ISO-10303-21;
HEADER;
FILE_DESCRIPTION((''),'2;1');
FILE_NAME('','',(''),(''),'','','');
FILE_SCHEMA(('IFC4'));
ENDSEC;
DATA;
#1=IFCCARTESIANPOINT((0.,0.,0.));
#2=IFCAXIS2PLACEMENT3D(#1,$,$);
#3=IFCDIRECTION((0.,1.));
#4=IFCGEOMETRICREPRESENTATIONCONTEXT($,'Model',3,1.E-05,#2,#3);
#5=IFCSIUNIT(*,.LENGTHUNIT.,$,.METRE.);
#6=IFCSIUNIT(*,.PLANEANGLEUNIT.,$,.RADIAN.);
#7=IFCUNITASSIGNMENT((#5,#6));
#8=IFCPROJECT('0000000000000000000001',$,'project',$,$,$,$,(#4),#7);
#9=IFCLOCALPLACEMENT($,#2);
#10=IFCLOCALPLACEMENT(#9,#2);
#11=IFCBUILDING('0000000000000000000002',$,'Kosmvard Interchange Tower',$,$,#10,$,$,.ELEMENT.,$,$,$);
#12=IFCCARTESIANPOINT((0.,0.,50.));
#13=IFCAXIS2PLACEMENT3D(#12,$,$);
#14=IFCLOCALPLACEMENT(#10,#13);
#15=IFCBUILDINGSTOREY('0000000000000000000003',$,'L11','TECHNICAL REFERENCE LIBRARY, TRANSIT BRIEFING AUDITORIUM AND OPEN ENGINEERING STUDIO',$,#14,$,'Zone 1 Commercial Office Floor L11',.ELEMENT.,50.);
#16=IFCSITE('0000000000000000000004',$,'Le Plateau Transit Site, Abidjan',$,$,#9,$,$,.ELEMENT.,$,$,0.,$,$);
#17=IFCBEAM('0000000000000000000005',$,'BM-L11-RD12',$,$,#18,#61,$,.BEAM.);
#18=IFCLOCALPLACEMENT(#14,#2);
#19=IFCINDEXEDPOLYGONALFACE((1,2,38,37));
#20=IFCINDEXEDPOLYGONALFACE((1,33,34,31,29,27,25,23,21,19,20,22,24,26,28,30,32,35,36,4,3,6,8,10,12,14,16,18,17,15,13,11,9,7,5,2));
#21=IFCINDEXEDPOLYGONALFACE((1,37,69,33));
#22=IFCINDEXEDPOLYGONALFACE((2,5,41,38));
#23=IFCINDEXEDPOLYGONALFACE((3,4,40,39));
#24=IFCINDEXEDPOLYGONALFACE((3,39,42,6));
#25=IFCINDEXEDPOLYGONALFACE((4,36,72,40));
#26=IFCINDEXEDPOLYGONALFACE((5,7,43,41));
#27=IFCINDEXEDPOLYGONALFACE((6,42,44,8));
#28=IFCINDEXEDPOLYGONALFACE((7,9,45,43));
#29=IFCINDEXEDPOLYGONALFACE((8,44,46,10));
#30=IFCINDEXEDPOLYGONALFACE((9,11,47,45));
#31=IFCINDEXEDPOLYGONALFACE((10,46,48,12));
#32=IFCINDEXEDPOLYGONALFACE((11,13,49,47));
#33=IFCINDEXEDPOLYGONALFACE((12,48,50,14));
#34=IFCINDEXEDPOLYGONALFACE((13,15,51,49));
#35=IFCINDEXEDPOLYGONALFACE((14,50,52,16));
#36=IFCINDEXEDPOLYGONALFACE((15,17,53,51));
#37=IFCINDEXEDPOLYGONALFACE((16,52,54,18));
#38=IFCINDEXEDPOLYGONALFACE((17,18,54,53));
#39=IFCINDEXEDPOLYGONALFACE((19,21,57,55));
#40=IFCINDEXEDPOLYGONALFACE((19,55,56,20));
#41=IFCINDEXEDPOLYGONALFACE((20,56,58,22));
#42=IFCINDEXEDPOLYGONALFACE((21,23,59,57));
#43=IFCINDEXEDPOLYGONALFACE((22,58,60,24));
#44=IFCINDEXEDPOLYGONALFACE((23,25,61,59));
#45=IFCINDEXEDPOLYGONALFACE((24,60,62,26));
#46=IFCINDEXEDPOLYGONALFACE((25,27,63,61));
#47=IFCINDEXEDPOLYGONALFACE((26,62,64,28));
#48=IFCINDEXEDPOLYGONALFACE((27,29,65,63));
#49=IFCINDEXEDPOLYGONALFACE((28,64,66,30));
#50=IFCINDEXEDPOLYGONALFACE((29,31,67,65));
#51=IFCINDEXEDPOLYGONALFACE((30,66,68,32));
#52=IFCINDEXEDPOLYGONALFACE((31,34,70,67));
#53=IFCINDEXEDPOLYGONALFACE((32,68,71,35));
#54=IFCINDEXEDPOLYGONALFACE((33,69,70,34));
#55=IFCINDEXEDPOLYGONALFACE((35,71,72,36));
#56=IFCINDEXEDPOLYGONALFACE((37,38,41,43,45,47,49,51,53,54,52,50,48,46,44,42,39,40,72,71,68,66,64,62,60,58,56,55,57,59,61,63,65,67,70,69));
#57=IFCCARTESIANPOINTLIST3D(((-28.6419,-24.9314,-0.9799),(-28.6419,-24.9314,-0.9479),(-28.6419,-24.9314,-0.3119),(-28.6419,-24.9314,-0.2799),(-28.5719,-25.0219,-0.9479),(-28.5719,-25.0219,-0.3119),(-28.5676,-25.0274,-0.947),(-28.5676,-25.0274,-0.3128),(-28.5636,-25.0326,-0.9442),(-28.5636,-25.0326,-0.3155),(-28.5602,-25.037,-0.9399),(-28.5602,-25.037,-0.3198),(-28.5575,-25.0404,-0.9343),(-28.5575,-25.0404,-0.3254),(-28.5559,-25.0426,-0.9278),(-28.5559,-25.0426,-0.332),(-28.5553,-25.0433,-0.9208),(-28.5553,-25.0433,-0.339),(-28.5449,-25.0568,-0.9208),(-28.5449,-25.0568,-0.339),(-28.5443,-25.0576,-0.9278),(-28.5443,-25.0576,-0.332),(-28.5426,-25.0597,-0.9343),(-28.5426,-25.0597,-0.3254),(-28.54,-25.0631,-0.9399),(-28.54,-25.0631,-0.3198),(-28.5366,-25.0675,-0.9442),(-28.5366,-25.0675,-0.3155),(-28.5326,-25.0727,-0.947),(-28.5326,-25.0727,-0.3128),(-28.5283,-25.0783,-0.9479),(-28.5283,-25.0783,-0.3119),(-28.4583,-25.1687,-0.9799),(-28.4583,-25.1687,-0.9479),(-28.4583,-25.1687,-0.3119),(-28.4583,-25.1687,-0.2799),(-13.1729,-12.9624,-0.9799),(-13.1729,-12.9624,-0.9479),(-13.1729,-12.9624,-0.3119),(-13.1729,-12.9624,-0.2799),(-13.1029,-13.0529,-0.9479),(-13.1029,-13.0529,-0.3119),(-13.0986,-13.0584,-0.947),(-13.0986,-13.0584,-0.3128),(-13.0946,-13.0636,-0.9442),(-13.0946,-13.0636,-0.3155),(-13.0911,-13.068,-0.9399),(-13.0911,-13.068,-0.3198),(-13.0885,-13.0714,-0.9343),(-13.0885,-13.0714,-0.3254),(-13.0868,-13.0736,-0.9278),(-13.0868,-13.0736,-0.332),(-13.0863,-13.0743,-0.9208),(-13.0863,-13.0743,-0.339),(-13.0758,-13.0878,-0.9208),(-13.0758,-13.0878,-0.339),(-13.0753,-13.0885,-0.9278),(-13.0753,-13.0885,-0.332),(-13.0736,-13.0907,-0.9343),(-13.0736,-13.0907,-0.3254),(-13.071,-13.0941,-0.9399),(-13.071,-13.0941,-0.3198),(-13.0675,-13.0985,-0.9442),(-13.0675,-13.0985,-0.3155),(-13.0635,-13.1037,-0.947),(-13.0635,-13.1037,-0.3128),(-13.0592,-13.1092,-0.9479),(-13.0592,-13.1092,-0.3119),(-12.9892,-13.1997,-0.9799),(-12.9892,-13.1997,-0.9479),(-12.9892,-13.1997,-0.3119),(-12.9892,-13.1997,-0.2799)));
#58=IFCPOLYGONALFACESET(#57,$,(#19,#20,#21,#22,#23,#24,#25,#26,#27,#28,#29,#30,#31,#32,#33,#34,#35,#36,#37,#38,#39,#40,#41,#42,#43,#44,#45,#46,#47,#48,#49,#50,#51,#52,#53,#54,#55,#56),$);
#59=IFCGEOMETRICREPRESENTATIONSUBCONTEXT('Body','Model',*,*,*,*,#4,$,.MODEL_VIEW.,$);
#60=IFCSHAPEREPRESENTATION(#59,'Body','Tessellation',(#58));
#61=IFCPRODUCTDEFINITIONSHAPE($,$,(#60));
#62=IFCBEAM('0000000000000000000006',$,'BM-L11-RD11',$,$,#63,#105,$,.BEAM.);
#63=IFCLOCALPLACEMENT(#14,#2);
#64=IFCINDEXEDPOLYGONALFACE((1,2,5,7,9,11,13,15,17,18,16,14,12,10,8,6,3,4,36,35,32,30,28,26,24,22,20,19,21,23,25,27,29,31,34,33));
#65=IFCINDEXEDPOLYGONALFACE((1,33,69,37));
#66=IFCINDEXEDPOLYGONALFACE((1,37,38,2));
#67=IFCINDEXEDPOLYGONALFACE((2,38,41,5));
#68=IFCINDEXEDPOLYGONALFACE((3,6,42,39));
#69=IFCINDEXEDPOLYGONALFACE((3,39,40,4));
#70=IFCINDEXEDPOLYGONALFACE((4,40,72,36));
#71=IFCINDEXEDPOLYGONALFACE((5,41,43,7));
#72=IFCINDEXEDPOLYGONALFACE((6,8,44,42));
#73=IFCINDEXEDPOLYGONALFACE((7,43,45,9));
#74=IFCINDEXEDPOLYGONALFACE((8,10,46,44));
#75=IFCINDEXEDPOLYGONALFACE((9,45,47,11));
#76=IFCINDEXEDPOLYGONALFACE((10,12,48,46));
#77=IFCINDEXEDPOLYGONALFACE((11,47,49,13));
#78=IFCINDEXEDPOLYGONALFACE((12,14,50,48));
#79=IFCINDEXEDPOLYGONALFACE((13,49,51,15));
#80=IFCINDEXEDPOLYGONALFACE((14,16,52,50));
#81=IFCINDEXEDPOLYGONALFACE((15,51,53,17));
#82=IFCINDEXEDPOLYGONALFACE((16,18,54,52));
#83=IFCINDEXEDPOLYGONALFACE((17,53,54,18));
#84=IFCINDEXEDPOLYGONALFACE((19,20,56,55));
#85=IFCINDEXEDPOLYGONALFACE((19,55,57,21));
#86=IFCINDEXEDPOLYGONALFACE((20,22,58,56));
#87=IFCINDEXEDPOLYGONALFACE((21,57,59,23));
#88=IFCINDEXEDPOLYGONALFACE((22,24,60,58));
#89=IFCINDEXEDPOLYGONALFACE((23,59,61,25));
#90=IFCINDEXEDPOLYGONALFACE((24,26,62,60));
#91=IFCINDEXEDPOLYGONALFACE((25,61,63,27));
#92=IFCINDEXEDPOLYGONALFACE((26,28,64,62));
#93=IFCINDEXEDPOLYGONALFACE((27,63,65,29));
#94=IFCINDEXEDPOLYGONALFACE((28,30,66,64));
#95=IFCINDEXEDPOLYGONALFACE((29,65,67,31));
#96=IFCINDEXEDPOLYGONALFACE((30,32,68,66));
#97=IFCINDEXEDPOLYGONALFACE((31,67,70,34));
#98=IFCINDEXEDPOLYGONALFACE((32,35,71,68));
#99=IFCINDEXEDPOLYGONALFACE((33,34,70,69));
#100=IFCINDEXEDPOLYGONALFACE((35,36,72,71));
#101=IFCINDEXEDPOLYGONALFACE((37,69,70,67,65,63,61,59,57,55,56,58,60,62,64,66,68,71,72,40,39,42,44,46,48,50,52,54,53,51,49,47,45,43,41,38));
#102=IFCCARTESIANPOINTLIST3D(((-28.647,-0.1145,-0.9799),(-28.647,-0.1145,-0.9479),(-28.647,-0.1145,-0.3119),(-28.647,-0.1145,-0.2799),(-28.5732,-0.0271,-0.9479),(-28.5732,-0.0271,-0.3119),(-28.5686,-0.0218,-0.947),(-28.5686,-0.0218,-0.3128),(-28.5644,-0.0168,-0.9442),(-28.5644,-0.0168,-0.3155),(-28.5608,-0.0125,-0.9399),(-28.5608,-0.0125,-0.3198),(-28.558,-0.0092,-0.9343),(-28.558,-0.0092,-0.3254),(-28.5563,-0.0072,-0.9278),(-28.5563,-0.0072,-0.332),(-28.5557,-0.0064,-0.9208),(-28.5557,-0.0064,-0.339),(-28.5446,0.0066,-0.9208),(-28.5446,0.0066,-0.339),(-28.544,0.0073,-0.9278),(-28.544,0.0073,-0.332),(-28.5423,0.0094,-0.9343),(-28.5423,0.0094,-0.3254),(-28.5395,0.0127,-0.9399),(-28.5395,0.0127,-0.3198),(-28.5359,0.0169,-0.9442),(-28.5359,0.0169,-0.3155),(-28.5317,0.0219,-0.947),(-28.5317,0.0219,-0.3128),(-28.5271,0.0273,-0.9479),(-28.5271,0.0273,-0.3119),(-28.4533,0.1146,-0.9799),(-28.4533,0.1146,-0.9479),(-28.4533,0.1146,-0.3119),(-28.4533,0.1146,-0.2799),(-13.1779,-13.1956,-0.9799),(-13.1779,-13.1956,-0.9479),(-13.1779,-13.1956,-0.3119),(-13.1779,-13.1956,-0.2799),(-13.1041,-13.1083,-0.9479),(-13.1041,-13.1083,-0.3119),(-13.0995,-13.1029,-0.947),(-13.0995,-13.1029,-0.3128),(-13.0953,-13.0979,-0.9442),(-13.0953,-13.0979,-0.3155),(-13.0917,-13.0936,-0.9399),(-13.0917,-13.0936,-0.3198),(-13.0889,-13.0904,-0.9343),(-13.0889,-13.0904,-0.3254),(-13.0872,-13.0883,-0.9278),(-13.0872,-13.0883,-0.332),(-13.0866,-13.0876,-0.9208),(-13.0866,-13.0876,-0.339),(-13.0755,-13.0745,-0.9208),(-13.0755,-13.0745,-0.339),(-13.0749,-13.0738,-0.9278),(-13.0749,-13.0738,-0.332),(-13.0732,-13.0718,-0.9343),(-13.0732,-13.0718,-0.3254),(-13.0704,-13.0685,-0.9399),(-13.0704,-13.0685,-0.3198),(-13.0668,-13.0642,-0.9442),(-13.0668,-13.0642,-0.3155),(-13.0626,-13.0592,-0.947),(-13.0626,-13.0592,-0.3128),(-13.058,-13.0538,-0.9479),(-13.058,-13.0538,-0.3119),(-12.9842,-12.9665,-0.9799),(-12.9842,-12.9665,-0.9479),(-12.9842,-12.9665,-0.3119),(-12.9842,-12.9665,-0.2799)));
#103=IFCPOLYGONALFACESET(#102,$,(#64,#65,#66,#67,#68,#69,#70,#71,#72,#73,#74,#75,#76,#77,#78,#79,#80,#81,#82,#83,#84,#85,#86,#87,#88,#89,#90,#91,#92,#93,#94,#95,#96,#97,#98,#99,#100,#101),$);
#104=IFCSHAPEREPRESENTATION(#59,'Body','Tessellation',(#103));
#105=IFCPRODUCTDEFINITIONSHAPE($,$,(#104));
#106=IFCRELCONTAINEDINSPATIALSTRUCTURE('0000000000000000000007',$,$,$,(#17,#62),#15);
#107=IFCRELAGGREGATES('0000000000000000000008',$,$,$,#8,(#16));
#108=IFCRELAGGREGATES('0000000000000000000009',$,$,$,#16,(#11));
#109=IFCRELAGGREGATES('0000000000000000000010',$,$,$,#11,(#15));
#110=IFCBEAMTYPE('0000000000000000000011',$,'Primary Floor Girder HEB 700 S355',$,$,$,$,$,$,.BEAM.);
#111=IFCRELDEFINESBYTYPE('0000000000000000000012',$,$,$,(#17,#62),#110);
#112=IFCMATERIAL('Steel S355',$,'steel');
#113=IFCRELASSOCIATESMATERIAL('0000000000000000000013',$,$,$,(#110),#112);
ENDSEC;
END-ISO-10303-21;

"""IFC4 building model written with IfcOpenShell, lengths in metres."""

from ifc_helpers import new_model, si_unit, direction, frame, origin, origin_2d, place, context, subcontext, project, spatial, i_section, extrude, source, transform, mapped, material, material_profile, profile_set, type_object, element, save


model = new_model("IFC4")

# Units and contexts
model_context = context("Model", 3, precision=1e-05, world=origin(), true_north=direction((0.0, 1.0)))
body_context = subcontext(model_context, "Body", "Model", "MODEL_VIEW")
ifc_project = project(units=[si_unit("LENGTHUNIT", "METRE"), si_unit("PLANEANGLEUNIT", "RADIAN")], contexts=[model_context])

# Site, building, storey
site_placement = place(None, origin())
site = spatial("IfcSite", under=ifc_project, at=site_placement, Name="Le Plateau Transit Site, Abidjan", CompositionType="ELEMENT", RefElevation=0.0)
building_placement = place(site_placement, origin())
building = spatial("IfcBuilding", under=site, at=building_placement, Name="Kosmvard Interchange Tower", CompositionType="ELEMENT")
storey_placement = place(building_placement, frame((0.0, 0.0, 50.0)))
storey = spatial("IfcBuildingStorey", under=building, at=storey_placement, Name="L11", Description="TECHNICAL REFERENCE LIBRARY, TRANSIT BRIEFING AUDITORIUM AND OPEN ENGINEERING STUDIO", LongName="Zone 1 Commercial Office Floor L11", CompositionType="ELEMENT", Elevation=50.0)

# Beams
ifc_material_1 = material(Name="Steel S355", Category="steel")
ifc_material_profile_1 = material_profile(ifc_material_1, i_section(OverallWidth=0.3, OverallDepth=0.7, WebThickness=0.0171, FlangeThickness=0.032, FilletRadius=0.0271, at=origin_2d()), Name="HEB 700")
ifc_profile_set_1 = profile_set([ifc_material_profile_1], Name="Steel S355")
beam_type_1 = type_object("IfcBeamType", Name="Primary Floor Girder HEB 700 S355", PredefinedType="BEAM", material=ifc_profile_set_1)
shared_shape_1 = source(origin(), body_context, "Body", "SweptSolid", [
    extrude(i_section(OverallWidth=0.3, OverallDepth=0.7, WebThickness=0.0171, FlangeThickness=0.032, FilletRadius=0.0271, at=origin_2d()), origin(), (0.0, 0.0, 1.0), 19.5588),
])
beam_1_placement = place(storey_placement, frame((-13.0811, -13.0811, -0.6299), z_axis=(-0.790897, -0.611949, 0.0), x_axis=(0.611949, -0.790897, 0.0)))
element("IfcBeam", 1, at=beam_1_placement, inside=storey, type_object=beam_type_1, Name="BM-L11-RD12", PredefinedType="BEAM", context=body_context, shape_type="MappedRepresentation", body=[
    mapped(shared_shape_1, transform((0.0, 0.0, 0.0), scale=1.0)),
])
shared_shape_2 = source(origin(), body_context, "Body", "SweptSolid", [
    extrude(i_section(OverallWidth=0.3, OverallDepth=0.7, WebThickness=0.0171, FlangeThickness=0.032, FilletRadius=0.0271, at=origin_2d()), origin(), (0.0, 0.0, 1.0), 20.2585),
])
beam_2_placement = place(storey_placement, frame((-13.0811, -13.0811, -0.6299), z_axis=(-0.763583, 0.645709, 0.0), x_axis=(-0.645709, -0.763583, 0.0)))
element("IfcBeam", 2, at=beam_2_placement, inside=storey, type_object=beam_type_1, Name="BM-L11-RD11", PredefinedType="BEAM", context=body_context, shape_type="MappedRepresentation", body=[
    mapped(shared_shape_2, transform((0.0, 0.0, 0.0), scale=1.0)),
])

save(model, "model.ifc")
